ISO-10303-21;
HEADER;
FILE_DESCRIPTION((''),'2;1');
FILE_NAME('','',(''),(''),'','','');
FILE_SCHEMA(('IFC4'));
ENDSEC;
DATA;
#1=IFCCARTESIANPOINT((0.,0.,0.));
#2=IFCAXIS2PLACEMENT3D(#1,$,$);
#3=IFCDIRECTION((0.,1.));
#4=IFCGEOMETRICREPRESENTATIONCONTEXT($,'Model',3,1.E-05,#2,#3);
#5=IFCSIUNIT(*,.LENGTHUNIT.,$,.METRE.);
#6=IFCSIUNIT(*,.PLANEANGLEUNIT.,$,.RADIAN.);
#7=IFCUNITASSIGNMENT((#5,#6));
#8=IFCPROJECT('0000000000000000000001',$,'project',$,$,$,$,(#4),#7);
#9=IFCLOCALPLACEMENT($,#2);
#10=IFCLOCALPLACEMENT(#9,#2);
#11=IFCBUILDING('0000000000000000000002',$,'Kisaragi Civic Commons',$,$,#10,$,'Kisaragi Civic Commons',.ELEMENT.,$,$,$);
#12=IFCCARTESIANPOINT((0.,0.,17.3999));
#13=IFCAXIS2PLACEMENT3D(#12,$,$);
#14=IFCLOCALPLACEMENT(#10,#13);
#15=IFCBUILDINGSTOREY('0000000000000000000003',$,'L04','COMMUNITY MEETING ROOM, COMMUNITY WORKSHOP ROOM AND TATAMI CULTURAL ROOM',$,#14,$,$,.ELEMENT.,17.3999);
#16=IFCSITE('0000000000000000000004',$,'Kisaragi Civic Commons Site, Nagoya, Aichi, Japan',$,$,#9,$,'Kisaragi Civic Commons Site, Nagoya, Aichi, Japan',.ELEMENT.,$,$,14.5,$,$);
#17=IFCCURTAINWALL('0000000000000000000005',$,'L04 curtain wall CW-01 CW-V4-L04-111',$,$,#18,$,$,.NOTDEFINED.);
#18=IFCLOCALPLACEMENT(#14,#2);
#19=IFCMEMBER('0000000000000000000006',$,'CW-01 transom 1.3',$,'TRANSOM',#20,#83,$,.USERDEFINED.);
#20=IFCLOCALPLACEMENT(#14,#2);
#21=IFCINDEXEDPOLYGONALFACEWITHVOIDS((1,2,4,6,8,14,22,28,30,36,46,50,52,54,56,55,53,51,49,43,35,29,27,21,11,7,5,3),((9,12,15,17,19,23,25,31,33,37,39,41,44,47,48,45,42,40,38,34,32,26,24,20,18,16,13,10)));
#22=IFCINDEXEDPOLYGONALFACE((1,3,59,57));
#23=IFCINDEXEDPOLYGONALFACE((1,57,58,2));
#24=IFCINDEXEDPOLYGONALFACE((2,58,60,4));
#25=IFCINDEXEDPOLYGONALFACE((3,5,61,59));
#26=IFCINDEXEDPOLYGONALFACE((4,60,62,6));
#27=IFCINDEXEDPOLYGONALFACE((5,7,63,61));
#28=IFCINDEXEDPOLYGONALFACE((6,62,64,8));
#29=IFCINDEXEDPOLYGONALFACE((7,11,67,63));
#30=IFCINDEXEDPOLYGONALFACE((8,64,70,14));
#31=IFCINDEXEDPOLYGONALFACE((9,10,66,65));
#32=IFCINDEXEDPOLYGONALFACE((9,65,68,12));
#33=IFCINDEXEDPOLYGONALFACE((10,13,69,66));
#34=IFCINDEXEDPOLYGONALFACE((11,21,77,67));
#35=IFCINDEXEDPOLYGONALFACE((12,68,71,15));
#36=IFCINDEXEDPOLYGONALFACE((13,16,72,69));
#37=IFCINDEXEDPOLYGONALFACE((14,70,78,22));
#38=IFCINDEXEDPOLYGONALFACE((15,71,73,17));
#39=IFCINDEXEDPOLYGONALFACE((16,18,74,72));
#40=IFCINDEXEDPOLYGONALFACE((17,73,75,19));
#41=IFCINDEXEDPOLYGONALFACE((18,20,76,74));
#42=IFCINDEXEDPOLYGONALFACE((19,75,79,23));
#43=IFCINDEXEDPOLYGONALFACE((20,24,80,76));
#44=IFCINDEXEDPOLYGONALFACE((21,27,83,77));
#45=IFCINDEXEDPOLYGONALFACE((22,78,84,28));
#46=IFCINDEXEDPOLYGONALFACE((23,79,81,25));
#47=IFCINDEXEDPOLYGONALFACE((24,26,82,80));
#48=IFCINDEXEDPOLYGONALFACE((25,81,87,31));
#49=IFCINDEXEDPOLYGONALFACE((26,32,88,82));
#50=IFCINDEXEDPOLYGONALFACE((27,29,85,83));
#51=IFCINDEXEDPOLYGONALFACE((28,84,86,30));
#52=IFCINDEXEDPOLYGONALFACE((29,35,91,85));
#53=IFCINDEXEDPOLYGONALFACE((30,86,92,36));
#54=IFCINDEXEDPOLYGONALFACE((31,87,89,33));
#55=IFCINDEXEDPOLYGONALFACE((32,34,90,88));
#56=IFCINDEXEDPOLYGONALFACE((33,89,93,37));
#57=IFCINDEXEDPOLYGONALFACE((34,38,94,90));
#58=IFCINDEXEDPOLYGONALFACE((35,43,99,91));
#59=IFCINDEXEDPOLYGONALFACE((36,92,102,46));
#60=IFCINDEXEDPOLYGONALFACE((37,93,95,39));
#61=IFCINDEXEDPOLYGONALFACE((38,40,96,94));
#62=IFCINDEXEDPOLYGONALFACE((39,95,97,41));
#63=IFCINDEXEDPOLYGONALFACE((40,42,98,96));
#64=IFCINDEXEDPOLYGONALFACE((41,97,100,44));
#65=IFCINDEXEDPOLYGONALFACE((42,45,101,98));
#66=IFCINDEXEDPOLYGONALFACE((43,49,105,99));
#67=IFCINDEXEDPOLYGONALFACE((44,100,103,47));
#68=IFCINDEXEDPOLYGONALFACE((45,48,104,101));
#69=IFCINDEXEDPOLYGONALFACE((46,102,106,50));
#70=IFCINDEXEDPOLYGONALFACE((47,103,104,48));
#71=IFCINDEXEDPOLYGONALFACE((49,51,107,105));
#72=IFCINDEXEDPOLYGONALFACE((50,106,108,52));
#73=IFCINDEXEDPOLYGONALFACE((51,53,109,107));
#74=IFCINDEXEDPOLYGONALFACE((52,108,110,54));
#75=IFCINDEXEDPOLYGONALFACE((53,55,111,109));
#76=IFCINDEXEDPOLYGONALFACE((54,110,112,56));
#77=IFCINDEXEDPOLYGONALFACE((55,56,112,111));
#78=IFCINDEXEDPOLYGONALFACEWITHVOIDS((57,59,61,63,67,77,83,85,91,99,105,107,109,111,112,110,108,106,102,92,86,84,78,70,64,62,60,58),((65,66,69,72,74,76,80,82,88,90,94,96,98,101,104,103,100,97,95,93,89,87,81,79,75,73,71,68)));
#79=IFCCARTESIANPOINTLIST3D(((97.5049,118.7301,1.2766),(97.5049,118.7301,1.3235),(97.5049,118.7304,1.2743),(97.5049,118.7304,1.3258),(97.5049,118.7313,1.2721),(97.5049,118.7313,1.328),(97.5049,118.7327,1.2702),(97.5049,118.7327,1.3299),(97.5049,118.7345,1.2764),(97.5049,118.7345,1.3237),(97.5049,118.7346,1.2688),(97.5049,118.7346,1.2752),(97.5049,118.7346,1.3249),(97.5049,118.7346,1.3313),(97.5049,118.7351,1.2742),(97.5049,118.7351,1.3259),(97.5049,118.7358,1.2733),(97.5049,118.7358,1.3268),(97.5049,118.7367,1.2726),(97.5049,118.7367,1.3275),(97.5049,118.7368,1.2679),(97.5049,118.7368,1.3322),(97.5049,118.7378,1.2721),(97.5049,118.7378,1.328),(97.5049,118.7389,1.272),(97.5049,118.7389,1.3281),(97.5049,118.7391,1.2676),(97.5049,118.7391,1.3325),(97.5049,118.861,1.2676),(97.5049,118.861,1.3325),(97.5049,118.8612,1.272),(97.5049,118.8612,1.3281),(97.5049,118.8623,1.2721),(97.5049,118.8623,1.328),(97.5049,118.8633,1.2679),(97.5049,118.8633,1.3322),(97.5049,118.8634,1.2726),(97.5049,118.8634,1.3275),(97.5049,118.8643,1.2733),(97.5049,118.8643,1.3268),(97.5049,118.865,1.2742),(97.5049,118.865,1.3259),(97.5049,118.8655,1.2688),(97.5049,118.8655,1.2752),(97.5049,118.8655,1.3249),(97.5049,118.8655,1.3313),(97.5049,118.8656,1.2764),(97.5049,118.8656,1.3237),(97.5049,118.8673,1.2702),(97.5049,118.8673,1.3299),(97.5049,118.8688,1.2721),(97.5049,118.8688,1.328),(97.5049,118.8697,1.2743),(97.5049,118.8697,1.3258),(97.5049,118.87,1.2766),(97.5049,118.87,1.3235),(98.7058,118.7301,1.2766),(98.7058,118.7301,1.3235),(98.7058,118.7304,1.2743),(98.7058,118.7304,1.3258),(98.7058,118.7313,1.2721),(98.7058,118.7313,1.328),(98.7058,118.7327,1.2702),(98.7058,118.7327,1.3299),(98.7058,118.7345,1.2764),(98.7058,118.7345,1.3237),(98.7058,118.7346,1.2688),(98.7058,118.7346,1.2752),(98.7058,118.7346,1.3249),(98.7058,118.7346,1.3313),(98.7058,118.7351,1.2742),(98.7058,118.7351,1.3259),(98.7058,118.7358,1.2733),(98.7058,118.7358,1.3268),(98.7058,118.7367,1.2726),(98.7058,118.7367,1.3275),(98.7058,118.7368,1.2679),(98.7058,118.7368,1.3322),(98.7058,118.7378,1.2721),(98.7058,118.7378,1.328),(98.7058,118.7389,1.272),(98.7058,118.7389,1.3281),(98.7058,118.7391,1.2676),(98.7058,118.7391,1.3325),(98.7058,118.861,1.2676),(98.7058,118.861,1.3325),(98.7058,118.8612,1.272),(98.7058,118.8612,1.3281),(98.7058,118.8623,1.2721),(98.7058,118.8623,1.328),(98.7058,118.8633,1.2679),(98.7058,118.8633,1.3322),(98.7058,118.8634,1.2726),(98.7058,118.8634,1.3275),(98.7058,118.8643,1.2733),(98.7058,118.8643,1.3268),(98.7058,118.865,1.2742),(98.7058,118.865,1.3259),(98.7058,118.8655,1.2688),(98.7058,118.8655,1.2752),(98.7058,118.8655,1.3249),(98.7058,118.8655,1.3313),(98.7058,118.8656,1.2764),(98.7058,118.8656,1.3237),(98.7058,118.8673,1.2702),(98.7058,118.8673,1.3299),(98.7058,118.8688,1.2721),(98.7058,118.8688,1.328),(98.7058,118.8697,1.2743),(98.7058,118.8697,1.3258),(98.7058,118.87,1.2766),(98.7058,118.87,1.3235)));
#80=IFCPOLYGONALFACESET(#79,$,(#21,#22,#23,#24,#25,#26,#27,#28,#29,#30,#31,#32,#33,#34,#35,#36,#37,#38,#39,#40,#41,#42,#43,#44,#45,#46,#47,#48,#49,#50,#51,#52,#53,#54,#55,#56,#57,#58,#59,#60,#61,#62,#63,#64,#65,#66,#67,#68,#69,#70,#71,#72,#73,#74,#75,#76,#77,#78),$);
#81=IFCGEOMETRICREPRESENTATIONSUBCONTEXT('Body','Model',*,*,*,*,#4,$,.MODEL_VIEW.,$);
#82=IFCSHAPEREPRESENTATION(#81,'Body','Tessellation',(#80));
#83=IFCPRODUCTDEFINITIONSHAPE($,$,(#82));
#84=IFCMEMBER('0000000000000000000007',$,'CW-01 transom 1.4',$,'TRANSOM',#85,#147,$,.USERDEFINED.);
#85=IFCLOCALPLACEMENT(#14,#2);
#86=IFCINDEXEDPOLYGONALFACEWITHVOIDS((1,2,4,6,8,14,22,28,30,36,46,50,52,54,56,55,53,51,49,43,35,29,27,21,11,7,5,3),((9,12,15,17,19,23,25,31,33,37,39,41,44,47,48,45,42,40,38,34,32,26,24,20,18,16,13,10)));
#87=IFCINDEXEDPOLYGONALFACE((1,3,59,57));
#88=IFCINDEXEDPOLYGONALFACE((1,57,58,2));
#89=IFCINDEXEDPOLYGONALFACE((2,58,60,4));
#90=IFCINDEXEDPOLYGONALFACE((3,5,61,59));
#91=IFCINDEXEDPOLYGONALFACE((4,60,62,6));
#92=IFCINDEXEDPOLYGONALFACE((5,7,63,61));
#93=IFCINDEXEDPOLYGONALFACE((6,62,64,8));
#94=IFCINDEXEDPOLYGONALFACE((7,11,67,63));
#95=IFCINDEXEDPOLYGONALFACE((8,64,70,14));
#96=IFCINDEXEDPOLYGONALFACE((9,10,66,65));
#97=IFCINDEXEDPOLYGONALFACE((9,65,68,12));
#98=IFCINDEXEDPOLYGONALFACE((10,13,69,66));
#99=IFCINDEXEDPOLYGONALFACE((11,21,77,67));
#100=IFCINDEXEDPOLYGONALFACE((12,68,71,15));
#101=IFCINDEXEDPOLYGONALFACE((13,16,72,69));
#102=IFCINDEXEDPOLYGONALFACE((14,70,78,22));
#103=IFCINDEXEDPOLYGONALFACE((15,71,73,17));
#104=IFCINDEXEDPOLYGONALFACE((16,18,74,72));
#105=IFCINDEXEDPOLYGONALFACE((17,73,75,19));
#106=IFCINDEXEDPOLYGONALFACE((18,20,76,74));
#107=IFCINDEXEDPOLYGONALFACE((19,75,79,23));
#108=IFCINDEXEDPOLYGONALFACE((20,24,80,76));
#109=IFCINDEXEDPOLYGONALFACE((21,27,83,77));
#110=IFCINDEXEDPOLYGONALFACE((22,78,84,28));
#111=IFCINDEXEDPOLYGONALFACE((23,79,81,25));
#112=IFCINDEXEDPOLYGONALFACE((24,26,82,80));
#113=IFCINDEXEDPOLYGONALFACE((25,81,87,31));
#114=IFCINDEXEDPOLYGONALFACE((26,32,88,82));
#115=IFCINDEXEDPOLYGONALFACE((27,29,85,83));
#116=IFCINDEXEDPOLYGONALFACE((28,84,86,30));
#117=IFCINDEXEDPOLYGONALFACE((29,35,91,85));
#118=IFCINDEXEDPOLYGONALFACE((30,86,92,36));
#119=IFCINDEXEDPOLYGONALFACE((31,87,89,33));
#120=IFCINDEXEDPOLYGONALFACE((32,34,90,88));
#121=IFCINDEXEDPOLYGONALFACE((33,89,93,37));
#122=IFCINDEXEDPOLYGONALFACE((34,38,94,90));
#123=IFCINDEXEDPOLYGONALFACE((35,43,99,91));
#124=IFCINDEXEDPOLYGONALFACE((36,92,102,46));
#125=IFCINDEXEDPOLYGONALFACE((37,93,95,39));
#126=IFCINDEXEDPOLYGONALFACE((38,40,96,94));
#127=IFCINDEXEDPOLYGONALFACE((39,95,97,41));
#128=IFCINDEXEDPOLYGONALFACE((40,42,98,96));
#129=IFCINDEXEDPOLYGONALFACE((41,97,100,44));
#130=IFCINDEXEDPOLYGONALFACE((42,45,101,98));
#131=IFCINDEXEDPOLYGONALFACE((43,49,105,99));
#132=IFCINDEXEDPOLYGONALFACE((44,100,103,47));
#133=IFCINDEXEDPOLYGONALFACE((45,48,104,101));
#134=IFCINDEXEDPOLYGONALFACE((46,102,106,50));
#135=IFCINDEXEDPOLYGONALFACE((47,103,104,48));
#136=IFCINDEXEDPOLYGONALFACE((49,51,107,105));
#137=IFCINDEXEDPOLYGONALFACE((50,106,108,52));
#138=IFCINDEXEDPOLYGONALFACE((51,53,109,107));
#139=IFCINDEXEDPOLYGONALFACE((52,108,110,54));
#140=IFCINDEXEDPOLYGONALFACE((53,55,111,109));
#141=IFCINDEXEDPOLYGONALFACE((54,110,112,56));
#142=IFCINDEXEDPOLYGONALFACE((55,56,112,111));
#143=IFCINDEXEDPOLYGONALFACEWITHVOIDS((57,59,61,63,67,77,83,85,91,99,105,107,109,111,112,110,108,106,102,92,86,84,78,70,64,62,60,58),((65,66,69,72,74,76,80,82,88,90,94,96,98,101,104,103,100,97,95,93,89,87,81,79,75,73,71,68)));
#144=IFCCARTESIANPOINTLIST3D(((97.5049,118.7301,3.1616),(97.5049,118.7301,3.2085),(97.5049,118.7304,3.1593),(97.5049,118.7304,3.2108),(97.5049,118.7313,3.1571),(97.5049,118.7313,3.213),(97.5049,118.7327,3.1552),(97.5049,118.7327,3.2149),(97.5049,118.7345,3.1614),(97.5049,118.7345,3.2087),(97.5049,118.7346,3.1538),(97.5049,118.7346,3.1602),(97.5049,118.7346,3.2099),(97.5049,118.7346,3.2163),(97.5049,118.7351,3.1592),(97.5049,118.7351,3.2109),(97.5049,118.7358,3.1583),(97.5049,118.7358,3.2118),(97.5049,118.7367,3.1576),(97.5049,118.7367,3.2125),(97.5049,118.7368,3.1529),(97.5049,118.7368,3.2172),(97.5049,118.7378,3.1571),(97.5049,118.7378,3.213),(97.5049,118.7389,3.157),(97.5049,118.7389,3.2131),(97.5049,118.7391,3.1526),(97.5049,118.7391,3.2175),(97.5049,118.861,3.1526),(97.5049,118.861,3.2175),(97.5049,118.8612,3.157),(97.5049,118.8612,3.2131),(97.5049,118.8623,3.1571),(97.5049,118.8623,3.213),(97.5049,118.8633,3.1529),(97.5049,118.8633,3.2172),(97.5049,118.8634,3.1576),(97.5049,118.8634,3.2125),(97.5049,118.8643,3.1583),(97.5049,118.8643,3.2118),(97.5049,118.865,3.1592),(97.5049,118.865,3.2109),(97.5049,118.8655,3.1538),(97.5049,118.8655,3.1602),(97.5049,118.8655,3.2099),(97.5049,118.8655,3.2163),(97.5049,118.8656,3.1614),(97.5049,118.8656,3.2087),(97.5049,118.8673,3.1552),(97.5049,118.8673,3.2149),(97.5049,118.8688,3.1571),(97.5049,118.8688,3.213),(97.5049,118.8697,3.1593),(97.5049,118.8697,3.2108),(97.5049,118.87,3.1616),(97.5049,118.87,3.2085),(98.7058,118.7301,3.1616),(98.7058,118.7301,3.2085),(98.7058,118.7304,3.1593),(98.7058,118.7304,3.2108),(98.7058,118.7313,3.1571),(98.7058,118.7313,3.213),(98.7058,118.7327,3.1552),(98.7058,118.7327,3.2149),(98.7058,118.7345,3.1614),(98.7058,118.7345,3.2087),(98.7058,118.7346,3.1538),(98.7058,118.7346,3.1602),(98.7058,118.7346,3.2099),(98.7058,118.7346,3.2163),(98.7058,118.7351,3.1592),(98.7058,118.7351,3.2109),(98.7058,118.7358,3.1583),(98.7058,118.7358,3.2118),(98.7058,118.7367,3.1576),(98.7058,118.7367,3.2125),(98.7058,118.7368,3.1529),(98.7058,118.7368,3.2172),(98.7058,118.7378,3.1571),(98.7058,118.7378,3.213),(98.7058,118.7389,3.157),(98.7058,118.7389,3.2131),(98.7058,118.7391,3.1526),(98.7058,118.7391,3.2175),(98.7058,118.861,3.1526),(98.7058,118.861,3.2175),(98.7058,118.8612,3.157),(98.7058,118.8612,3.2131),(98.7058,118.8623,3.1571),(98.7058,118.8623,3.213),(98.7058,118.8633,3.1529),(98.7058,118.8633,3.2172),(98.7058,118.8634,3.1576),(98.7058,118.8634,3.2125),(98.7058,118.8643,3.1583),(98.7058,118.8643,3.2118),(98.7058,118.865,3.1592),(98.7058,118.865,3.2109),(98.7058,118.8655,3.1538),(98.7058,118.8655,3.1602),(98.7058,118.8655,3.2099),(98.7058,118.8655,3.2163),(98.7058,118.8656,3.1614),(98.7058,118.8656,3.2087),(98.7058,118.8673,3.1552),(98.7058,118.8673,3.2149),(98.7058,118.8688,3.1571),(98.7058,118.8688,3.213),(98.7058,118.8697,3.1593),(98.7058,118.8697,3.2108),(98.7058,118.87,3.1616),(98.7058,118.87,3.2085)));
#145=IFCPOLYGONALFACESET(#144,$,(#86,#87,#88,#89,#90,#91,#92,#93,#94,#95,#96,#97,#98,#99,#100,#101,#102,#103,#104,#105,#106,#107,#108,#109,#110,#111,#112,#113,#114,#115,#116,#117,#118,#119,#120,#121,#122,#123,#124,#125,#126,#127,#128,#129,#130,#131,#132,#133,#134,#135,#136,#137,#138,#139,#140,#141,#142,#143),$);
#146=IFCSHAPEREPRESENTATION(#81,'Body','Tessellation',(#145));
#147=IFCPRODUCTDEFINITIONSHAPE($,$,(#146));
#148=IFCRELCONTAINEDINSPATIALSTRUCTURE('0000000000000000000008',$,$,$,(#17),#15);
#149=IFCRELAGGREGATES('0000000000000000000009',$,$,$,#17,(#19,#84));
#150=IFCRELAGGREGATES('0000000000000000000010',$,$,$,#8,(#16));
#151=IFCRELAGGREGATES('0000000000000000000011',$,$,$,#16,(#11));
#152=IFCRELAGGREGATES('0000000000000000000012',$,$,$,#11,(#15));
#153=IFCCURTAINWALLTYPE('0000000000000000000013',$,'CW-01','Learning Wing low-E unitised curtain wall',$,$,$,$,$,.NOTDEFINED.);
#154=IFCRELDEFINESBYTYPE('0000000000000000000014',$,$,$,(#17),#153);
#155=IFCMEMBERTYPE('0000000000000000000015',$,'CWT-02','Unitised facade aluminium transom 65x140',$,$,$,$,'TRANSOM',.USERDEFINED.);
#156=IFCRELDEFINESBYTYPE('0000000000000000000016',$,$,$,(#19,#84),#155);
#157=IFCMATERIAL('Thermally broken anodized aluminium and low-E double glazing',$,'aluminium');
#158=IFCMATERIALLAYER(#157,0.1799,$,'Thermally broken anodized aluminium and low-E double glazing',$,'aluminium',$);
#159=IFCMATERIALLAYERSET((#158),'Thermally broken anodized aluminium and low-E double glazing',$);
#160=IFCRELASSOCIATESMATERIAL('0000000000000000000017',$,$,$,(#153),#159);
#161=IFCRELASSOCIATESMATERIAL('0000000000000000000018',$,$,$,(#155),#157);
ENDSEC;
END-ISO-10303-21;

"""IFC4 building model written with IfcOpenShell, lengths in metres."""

from ifc_helpers import new_model, si_unit, direction, frame, origin, origin_2d, place, context, subcontext, project, spatial, hollow_rectangle, extrude, material, layer, layer_set, material_profile, profile_set, type_object, element, aggregate, save


model = new_model("IFC4")

# Units and contexts
model_context = context("Model", 3, precision=1e-05, world=origin(), true_north=direction((0.0, 1.0)))
body_context = subcontext(model_context, "Body", "Model", "MODEL_VIEW")
ifc_project = project(units=[si_unit("LENGTHUNIT", "METRE"), si_unit("PLANEANGLEUNIT", "RADIAN")], contexts=[model_context])

# Site, building, storey
site_placement = place(None, origin())
site = spatial("IfcSite", under=ifc_project, at=site_placement, Name="Kisaragi Civic Commons Site, Nagoya, Aichi, Japan", LongName="Kisaragi Civic Commons Site, Nagoya, Aichi, Japan", CompositionType="ELEMENT", RefElevation=14.5)
building_placement = place(site_placement, origin())
building = spatial("IfcBuilding", under=site, at=building_placement, Name="Kisaragi Civic Commons", LongName="Kisaragi Civic Commons", CompositionType="ELEMENT")
storey_placement = place(building_placement, frame((0.0, 0.0, 17.3999)))
storey = spatial("IfcBuildingStorey", under=building, at=storey_placement, Name="L04", Description="COMMUNITY MEETING ROOM, COMMUNITY WORKSHOP ROOM AND TATAMI CULTURAL ROOM", CompositionType="ELEMENT", Elevation=17.3999)

# Curtain wall, members
ifc_material_1 = material(Name="Thermally broken anodized aluminium and low-E double glazing", Category="aluminium")
ifc_layer_1 = layer(ifc_material_1, 0.1799, Name="Thermally broken anodized aluminium and low-E double glazing", Category="aluminium")
ifc_layer_set_1 = layer_set([ifc_layer_1], Name="Thermally broken anodized aluminium and low-E double glazing")
curtain_wall_type = type_object("IfcCurtainWallType", Name="CW-01", Description="Learning Wing low-E unitised curtain wall", PredefinedType="NOTDEFINED", material=ifc_layer_set_1)
curtain_wall_placement = place(storey_placement, origin())
curtain_wall = element("IfcCurtainWall", 1, at=curtain_wall_placement, inside=storey, type_object=curtain_wall_type, Name="L04 curtain wall CW-01 CW-V4-L04-111", PredefinedType="NOTDEFINED")
ifc_material_profile_1 = material_profile(ifc_material_1, hollow_rectangle(XDim=0.1399, YDim=0.0649, WallThickness=0.0044, InnerFilletRadius=0.0044, OuterFilletRadius=0.009, at=origin_2d()), Name="CWT-65x140x4.5", Category="aluminium")
ifc_profile_set_1 = profile_set([ifc_material_profile_1], Name="Thermally broken anodized aluminium and low-E double glazing")
member_type_1 = type_object("IfcMemberType", Name="CWT-02", Description="Unitised facade aluminium transom 65x140", ElementType="TRANSOM", PredefinedType="USERDEFINED", material=ifc_profile_set_1)
member_1_placement = place(storey_placement, frame((97.5049, 118.8, 1.3), z_axis=(1.0, 0.0, 0.0), x_axis=(0.0, 1.0, 0.0)))
member_1 = element("IfcMember", 2, at=member_1_placement, type_object=member_type_1, Name="CW-01 transom 1.3", ObjectType="TRANSOM", PredefinedType="USERDEFINED", context=body_context, shape_type="SweptSolid", body=[
    extrude(hollow_rectangle(XDim=0.1399, YDim=0.0649, WallThickness=0.0044, InnerFilletRadius=0.0044, OuterFilletRadius=0.009, at=origin_2d()), origin(), (0.0, 0.0, 1.0), 1.2009),
])
member_2_placement = place(storey_placement, frame((97.5049, 118.8, 3.1851), z_axis=(1.0, 0.0, 0.0), x_axis=(0.0, 1.0, 0.0)))
member_2 = element("IfcMember", 3, at=member_2_placement, type_object=member_type_1, Name="CW-01 transom 1.4", ObjectType="TRANSOM", PredefinedType="USERDEFINED", context=body_context, shape_type="SweptSolid", body=[
    extrude(hollow_rectangle(XDim=0.1399, YDim=0.0649, WallThickness=0.0044, InnerFilletRadius=0.0044, OuterFilletRadius=0.009, at=origin_2d()), origin(), (0.0, 0.0, 1.0), 1.2009),
])

aggregate(curtain_wall, [member_1, member_2])

save(model, "model.ifc")
